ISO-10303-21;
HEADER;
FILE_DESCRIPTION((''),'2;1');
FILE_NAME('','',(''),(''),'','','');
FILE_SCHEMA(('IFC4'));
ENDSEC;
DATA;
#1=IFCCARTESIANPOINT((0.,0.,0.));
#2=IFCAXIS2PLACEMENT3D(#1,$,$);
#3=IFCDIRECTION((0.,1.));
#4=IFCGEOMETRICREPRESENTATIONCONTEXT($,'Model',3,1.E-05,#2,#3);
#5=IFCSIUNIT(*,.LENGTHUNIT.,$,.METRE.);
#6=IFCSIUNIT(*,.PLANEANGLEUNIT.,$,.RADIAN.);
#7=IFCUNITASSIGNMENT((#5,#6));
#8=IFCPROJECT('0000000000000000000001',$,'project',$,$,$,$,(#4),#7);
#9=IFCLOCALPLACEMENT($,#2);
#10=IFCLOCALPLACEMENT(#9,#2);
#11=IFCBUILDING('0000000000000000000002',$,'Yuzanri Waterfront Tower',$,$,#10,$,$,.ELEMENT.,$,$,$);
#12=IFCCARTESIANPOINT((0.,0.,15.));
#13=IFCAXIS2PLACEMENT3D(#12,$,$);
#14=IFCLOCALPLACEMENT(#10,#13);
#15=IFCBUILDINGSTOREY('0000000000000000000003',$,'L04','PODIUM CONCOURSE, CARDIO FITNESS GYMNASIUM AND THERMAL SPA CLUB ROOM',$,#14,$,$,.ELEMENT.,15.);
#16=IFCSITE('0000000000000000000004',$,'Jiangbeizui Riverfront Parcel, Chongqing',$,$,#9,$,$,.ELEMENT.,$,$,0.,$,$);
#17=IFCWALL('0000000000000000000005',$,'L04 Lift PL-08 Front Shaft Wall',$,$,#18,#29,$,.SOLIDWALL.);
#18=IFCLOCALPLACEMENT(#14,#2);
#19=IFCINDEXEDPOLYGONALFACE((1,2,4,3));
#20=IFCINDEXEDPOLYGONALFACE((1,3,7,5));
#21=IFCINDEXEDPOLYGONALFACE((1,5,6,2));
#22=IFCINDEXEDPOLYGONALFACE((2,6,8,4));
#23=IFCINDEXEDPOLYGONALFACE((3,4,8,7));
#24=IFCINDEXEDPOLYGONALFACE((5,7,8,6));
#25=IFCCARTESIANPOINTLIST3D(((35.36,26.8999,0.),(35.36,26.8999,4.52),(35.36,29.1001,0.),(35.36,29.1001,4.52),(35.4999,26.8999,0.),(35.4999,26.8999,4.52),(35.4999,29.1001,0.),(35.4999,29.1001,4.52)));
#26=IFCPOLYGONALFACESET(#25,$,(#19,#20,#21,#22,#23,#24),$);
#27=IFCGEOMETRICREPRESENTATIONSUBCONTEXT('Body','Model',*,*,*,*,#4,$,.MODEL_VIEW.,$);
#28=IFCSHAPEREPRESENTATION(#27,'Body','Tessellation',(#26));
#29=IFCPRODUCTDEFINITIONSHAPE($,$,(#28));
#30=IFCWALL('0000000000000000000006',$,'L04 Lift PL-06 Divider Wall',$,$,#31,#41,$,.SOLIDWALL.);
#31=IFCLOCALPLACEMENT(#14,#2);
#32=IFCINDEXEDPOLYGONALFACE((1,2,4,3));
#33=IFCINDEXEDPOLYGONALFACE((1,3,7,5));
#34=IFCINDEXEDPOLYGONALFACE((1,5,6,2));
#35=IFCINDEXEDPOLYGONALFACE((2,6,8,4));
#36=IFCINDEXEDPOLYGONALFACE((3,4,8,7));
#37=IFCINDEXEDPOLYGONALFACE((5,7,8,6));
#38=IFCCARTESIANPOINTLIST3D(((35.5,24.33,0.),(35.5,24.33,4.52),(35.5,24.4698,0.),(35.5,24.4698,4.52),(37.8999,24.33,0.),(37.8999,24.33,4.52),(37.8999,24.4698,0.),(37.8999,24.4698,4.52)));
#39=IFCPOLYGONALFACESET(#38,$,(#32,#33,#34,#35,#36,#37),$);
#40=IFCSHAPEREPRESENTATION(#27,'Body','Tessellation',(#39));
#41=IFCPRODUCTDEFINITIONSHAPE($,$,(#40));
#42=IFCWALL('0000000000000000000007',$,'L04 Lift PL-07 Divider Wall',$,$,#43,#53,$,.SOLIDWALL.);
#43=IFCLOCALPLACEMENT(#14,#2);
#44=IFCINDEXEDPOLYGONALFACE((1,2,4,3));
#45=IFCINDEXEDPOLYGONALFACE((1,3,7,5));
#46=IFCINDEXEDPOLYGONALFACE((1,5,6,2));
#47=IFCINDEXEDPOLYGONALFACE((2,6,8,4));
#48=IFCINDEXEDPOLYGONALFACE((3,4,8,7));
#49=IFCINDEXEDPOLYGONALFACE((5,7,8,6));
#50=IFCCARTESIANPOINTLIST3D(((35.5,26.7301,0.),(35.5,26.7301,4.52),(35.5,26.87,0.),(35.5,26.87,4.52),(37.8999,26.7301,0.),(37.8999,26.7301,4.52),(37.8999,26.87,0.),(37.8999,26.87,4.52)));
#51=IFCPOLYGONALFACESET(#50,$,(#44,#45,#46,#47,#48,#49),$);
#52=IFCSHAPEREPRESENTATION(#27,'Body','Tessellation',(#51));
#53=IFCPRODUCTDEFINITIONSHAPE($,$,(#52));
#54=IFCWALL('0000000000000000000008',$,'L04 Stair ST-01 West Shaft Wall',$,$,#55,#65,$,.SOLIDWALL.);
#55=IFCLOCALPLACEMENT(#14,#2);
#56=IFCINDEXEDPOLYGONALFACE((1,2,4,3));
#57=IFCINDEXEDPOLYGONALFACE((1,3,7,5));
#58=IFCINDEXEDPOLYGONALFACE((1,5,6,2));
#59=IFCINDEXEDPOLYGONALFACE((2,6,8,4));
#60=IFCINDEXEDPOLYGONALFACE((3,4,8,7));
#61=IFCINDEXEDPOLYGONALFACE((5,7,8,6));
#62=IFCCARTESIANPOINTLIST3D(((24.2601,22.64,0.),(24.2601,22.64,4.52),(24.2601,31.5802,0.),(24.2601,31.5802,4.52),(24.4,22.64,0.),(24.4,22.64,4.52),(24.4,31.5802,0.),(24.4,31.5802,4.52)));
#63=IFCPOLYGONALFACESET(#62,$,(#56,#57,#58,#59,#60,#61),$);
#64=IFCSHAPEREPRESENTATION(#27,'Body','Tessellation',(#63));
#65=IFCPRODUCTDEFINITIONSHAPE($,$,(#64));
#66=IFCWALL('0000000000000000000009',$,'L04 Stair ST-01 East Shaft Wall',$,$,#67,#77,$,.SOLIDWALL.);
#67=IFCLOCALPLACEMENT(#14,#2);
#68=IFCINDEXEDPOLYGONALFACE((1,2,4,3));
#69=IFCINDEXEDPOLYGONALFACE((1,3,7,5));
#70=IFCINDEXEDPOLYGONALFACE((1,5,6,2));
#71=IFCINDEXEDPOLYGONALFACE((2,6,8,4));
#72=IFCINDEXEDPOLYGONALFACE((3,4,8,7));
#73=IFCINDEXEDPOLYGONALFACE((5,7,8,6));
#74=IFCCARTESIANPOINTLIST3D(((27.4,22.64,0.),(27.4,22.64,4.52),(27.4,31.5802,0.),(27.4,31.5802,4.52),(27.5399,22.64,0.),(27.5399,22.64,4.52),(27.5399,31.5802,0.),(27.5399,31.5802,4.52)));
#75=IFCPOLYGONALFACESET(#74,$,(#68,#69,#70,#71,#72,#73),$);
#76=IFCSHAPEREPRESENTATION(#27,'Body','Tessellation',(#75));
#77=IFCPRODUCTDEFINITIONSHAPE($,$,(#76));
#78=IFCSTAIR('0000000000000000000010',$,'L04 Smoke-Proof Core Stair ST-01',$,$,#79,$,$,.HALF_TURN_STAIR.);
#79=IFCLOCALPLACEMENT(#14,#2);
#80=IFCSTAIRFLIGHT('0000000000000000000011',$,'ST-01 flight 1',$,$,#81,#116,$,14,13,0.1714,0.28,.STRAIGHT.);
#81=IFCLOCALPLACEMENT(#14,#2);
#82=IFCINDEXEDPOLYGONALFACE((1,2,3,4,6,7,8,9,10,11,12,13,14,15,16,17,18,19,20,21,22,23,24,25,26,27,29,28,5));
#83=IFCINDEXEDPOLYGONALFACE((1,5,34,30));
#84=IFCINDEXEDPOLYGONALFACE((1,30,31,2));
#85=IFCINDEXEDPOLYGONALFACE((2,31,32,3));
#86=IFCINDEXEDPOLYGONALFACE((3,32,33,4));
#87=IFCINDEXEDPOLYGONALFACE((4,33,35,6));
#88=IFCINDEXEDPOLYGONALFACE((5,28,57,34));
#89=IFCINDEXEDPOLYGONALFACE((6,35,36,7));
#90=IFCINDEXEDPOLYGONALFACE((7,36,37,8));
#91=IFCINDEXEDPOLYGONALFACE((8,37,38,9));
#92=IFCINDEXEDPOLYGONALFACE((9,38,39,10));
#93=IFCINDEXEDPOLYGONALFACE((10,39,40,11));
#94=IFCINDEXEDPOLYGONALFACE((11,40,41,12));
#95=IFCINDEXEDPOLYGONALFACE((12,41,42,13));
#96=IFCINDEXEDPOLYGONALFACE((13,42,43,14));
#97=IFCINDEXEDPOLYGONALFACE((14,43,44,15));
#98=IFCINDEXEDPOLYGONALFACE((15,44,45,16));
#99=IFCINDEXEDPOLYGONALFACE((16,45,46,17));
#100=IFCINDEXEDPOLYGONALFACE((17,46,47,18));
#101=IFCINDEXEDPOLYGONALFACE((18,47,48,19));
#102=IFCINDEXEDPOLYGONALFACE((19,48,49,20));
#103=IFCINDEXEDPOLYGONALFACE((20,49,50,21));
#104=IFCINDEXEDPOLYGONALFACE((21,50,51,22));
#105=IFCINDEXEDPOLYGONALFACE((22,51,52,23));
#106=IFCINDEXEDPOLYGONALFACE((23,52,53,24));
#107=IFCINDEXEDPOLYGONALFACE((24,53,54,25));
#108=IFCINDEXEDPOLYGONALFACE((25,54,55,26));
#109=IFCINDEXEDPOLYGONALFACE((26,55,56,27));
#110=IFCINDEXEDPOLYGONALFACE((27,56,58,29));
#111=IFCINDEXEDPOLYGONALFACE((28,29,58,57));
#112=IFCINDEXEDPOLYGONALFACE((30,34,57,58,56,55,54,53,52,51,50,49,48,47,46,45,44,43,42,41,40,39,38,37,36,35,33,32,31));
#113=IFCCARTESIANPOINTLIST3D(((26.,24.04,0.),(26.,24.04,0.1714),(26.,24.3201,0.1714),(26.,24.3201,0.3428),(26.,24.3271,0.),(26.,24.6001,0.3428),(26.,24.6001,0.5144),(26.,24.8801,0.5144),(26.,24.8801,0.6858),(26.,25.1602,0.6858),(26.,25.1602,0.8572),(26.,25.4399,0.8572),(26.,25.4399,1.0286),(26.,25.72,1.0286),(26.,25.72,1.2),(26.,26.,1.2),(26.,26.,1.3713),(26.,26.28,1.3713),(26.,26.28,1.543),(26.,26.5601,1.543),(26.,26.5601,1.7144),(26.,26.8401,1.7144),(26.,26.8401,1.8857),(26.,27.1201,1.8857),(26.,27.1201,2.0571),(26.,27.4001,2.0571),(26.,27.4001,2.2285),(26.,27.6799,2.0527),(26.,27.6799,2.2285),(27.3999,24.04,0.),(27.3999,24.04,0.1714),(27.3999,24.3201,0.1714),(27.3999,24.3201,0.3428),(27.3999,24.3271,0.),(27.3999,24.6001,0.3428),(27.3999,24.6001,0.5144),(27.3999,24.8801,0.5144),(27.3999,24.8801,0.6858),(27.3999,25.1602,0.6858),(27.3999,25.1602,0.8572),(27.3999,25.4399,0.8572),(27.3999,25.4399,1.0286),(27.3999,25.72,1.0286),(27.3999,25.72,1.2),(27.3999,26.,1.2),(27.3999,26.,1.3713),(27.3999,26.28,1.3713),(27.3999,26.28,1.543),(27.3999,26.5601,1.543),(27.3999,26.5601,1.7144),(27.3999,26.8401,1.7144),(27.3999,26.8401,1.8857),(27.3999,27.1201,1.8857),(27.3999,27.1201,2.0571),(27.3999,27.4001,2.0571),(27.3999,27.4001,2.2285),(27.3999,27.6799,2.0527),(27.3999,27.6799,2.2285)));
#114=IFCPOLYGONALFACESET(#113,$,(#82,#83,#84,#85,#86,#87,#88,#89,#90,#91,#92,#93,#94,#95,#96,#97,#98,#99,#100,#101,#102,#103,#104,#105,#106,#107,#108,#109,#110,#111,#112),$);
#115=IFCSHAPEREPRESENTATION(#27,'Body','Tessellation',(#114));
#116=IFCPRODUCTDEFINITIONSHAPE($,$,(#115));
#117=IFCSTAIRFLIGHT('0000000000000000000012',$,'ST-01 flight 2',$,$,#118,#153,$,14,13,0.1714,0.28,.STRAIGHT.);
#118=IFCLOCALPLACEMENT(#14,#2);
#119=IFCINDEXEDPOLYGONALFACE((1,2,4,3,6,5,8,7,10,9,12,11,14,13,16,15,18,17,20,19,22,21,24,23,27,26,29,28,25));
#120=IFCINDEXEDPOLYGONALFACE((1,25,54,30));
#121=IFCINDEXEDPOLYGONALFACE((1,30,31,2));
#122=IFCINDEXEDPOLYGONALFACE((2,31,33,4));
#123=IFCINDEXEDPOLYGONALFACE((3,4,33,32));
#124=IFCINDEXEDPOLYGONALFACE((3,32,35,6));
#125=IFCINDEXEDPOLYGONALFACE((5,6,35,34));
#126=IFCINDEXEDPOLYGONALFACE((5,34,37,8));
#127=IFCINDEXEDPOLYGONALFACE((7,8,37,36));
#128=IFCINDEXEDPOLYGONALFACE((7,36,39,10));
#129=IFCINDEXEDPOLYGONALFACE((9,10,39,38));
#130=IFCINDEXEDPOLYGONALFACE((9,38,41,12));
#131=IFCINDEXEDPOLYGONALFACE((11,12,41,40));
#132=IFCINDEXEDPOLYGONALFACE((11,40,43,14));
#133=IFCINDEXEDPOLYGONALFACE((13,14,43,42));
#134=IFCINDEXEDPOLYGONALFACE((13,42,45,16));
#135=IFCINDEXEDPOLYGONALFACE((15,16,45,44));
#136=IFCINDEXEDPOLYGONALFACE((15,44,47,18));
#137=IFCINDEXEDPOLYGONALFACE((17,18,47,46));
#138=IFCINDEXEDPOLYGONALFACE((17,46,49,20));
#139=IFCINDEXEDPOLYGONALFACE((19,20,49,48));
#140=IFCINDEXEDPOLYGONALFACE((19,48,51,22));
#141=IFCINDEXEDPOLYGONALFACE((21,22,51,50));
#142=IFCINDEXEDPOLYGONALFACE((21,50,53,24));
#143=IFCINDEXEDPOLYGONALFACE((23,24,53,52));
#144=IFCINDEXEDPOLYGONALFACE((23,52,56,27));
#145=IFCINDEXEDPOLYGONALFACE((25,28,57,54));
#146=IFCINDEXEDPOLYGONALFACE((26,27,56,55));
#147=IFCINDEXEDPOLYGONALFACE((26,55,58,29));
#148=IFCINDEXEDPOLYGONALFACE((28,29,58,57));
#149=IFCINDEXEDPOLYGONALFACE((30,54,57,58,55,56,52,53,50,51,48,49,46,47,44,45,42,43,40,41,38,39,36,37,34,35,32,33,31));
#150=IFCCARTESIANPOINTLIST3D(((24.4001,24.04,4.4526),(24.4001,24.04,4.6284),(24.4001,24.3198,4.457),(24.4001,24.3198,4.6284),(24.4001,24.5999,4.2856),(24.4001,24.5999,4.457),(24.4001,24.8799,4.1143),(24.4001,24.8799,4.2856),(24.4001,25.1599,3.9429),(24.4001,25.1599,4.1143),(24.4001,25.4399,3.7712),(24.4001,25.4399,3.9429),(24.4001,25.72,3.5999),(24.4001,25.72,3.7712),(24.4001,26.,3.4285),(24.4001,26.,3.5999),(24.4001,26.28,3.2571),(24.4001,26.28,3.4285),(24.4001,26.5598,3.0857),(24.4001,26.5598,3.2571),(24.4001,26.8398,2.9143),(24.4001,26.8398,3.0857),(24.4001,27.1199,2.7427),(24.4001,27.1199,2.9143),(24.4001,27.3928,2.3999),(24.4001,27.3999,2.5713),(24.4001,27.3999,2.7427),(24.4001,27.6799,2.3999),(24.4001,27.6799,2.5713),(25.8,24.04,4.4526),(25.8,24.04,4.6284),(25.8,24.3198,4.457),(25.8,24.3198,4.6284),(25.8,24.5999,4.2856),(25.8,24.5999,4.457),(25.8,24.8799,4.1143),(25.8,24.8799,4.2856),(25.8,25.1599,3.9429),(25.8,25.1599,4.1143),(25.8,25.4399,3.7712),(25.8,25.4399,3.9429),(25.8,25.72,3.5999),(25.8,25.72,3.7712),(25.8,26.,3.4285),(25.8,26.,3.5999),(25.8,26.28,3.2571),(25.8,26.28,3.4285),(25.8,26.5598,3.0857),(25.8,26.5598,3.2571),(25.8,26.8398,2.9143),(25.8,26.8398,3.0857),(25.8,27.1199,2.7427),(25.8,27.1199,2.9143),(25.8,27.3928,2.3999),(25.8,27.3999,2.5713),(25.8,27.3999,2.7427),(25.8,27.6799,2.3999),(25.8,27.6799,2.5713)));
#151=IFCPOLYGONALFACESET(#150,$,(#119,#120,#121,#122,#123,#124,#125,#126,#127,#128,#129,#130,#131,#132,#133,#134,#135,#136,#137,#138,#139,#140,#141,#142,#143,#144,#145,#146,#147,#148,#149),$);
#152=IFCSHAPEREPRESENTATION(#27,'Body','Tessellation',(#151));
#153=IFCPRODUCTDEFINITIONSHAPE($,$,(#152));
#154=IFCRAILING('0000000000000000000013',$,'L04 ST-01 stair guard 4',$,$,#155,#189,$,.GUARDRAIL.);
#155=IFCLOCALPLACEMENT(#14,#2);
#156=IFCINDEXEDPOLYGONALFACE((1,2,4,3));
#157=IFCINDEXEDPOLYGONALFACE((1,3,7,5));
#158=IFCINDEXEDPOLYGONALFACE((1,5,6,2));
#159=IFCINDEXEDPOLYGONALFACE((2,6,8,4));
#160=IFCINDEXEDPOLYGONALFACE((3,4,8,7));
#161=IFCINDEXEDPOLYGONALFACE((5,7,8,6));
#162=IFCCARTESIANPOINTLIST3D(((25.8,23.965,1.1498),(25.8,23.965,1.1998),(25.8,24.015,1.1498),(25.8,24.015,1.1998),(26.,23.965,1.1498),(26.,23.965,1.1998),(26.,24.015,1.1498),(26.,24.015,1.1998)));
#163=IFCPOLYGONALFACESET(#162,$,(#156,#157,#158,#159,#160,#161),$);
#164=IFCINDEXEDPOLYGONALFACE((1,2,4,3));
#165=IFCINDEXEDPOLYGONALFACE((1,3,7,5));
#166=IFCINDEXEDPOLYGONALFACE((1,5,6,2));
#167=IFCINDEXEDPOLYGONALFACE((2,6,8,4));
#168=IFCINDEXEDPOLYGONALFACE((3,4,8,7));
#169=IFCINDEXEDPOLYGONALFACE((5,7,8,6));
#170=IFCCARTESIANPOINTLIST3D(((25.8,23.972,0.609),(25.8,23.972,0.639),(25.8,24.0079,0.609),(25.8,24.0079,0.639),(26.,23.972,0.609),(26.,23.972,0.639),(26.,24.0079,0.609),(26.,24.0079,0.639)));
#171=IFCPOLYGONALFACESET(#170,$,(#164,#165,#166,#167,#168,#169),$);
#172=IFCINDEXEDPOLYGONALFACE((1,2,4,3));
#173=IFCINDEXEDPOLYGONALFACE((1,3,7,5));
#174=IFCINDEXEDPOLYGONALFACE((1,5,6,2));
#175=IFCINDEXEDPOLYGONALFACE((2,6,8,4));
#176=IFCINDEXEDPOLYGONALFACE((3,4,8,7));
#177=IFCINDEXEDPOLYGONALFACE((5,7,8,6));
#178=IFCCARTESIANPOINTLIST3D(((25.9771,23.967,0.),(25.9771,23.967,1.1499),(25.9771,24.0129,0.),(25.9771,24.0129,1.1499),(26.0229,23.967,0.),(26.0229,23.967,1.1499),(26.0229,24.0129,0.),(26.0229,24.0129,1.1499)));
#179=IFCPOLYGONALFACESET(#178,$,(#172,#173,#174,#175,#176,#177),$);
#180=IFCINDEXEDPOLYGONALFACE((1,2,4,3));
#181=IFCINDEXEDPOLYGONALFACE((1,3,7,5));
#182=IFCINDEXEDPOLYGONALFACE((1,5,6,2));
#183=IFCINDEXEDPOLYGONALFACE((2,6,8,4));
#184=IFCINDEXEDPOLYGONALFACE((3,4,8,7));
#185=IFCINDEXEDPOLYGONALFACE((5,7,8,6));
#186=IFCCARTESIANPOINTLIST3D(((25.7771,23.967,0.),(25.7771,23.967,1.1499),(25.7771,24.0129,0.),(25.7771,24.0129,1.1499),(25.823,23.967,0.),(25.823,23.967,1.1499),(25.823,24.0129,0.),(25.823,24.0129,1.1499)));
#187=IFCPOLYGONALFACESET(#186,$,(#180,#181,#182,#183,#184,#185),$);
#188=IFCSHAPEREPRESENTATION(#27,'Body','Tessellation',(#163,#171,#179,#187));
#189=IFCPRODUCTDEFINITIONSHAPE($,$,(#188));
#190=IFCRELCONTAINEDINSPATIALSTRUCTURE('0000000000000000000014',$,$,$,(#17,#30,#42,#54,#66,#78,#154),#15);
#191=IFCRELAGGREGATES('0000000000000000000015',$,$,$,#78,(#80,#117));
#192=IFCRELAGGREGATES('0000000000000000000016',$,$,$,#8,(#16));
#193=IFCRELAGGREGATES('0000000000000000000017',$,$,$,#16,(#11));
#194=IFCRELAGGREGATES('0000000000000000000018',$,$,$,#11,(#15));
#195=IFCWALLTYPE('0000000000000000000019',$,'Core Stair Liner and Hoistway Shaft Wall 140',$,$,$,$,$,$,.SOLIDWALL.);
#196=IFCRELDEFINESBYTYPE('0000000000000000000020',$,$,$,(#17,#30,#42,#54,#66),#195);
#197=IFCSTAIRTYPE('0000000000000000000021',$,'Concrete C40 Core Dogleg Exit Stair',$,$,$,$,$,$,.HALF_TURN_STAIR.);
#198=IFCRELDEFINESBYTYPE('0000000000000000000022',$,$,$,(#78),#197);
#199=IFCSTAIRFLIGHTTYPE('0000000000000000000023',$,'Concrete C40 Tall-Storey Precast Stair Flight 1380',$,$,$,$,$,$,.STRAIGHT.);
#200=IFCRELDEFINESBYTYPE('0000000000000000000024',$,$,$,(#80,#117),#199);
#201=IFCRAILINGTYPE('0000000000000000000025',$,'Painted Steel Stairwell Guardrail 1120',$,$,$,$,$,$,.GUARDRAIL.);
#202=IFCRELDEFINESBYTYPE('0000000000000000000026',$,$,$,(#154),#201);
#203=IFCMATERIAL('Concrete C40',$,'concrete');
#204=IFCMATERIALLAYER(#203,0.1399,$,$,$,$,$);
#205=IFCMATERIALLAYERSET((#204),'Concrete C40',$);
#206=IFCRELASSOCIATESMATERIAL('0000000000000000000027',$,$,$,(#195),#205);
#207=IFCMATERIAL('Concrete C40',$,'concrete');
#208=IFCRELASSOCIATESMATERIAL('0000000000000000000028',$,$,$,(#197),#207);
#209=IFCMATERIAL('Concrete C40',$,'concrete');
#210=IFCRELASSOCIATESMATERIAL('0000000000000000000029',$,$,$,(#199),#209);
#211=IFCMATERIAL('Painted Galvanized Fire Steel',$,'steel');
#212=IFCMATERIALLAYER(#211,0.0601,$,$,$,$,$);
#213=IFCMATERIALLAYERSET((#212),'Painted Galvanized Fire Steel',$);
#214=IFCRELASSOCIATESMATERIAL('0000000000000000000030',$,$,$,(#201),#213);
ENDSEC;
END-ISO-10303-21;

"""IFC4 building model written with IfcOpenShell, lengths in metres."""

from ifc_helpers import new_model, si_unit, direction, frame, frame_2d, origin, origin_2d, place, context, subcontext, project, spatial, polyline, rectangle, outline, extrude, source, transform, mapped, material, layer, layer_set, type_object, element, aggregate, save


model = new_model("IFC4")

# Units and contexts
model_context = context("Model", 3, precision=1e-05, world=origin(), true_north=direction((0.0, 1.0)))
body_context = subcontext(model_context, "Body", "Model", "MODEL_VIEW")
ifc_project = project(units=[si_unit("LENGTHUNIT", "METRE"), si_unit("PLANEANGLEUNIT", "RADIAN")], contexts=[model_context])

# Site, building, storey
site_placement = place(None, origin())
site = spatial("IfcSite", under=ifc_project, at=site_placement, Name="Jiangbeizui Riverfront Parcel, Chongqing", CompositionType="ELEMENT", RefElevation=0.0)
building_placement = place(site_placement, origin())
building = spatial("IfcBuilding", under=site, at=building_placement, Name="Yuzanri Waterfront Tower", CompositionType="ELEMENT")
storey_placement = place(building_placement, frame((0.0, 0.0, 15.0)))
storey = spatial("IfcBuildingStorey", under=building, at=storey_placement, Name="L04", Description="PODIUM CONCOURSE, CARDIO FITNESS GYMNASIUM AND THERMAL SPA CLUB ROOM", CompositionType="ELEMENT", Elevation=15.0)

# Shared definitions
ifc_material_1 = material(Name="Concrete C40", Category="concrete")
ifc_layer_1 = layer(ifc_material_1, 0.1399)
ifc_layer_set_1 = layer_set([ifc_layer_1], Name="Concrete C40")
wall_type = type_object("IfcWallType", Name="Core Stair Liner and Hoistway Shaft Wall 140", PredefinedType="SOLIDWALL", material=ifc_layer_set_1)

# Walls
shared_shape_1 = source(origin(), body_context, "Body", "SweptSolid", [
    extrude(rectangle(XDim=2.2002, YDim=0.1399, at=frame_2d((1.1001, 0.0))), origin(), (0.0, 0.0, 1.0), 4.52),
])
wall_1_placement = place(storey_placement, frame((35.4299, 26.8999, 0.0), z_axis=(0.0, 0.0, 1.0), x_axis=(0.0, 1.0, 0.0)))
element("IfcWall", 1, at=wall_1_placement, inside=storey, type_object=wall_type, Name="L04 Lift PL-08 Front Shaft Wall", PredefinedType="SOLIDWALL", context=body_context, shape_type="MappedRepresentation", body=[
    mapped(shared_shape_1, transform((0.0, 0.0, 0.0), scale=1.0)),
])
shared_shape_2 = source(origin(), body_context, "Body", "SweptSolid", [
    extrude(rectangle(XDim=2.3999, YDim=0.1399, at=frame_2d((1.2, 0.0))), origin(), (0.0, 0.0, 1.0), 4.52),
])
for number, where, z_axis, x_axis, name in (
    (2, (35.5, 24.3999, 0.0), (0.0, 0.0, 1.0), (1.0, 0.0, 0.0), "L04 Lift PL-06 Divider Wall"),
    (3, (35.5, 26.8, 0.0), (0.0, 0.0, 1.0), (1.0, 0.0, 0.0), "L04 Lift PL-07 Divider Wall"),
):
    element("IfcWall", number, at=place(storey_placement, frame(where, z_axis=z_axis, x_axis=x_axis)), inside=storey, type_object=wall_type, Name=name, PredefinedType="SOLIDWALL", context=body_context, shape_type="MappedRepresentation", body=[
        mapped(shared_shape_2, transform((0.0, 0.0, 0.0), scale=1.0)),
    ])
shared_shape_3 = source(origin(), body_context, "Body", "SweptSolid", [
    extrude(rectangle(XDim=8.9402, YDim=0.1399, at=frame_2d((4.4702, 0.0))), origin(), (0.0, 0.0, 1.0), 4.52),
])
for number, where, z_axis, x_axis, name in (
    (4, (24.3301, 22.6399, 0.0), (0.0, 0.0, 1.0), (0.0, 1.0, 0.0), "L04 Stair ST-01 West Shaft Wall"),
    (5, (27.47, 22.6399, 0.0), (0.0, 0.0, 1.0), (0.0, 1.0, 0.0), "L04 Stair ST-01 East Shaft Wall"),
):
    element("IfcWall", number, at=place(storey_placement, frame(where, z_axis=z_axis, x_axis=x_axis)), inside=storey, type_object=wall_type, Name=name, PredefinedType="SOLIDWALL", context=body_context, shape_type="MappedRepresentation", body=[
        mapped(shared_shape_3, transform((0.0, 0.0, 0.0), scale=1.0)),
    ])

# Stair, stair flights
ifc_material_2 = material(Name="Concrete C40", Category="concrete")
stair_type = type_object("IfcStairType", Name="Concrete C40 Core Dogleg Exit Stair", PredefinedType="HALF_TURN_STAIR", material=ifc_material_2)
stair_placement = place(storey_placement, origin())
stair = element("IfcStair", 6, at=stair_placement, inside=storey, type_object=stair_type, Name="L04 Smoke-Proof Core Stair ST-01", PredefinedType="HALF_TURN_STAIR")
ifc_material_3 = material(Name="Concrete C40", Category="concrete")
stair_flight_type = type_object("IfcStairFlightType", Name="Concrete C40 Tall-Storey Precast Stair Flight 1380", PredefinedType="STRAIGHT", material=ifc_material_3)
shared_shape_4 = source(origin(), body_context, "Body", "SweptSolid", [
    extrude(outline(polyline([(0.0, 0.0), (0.0, 0.1714), (0.28, 0.1714), (0.28, 0.3428), (0.5601, 0.3428), (0.5601, 0.5144), (0.8401, 0.5144), (0.8401, 0.6858), (1.1201, 0.6858), (1.1201, 0.8572), (1.3999, 0.8572), (1.3999, 1.0286), (1.6799, 1.0286), (1.6799, 1.2), (1.96, 1.2), (1.96, 1.3713), (2.24, 1.3713), (2.24, 1.543), (2.52, 1.543), (2.52, 1.7144), (2.8, 1.7144), (2.8, 1.8857), (3.0801, 1.8857), (3.0801, 2.0571), (3.3601, 2.0571), (3.3601, 2.2285), (3.6399, 2.2285), (3.6399, 2.3999), (3.6399, 2.0527), (0.2871, 0.0), (0.0, 0.0)])), frame((0.0, 0.7, 0.0), z_axis=(0.0, -1.0, 0.0), x_axis=(1.0, 0.0, 0.0)), (0.0, 0.0, 1.0), 1.3999),
])
stair_flight_1_placement = place(storey_placement, frame((26.7, 24.04, 0.0), z_axis=(0.0, 0.0, 1.0), x_axis=(0.0, 1.0, 0.0)))
stair_flight_1 = element("IfcStairFlight", 7, at=stair_flight_1_placement, type_object=stair_flight_type, Name="ST-01 flight 1", NumberOfRisers=14, NumberOfTreads=13, PredefinedType="STRAIGHT", RiserHeight=0.1714, TreadLength=0.28, context=body_context, shape_type="MappedRepresentation", body=[
    mapped(shared_shape_4, transform((0.0, 0.0, 0.0), scale=1.0)),
])
stair_flight_2_placement = place(storey_placement, frame((25.1001, 27.6799, 2.3999), z_axis=(0.0, 0.0, 1.0), x_axis=(0.0, -1.0, 0.0)))
stair_flight_2 = element("IfcStairFlight", 8, at=stair_flight_2_placement, type_object=stair_flight_type, Name="ST-01 flight 2", NumberOfRisers=14, NumberOfTreads=13, PredefinedType="STRAIGHT", RiserHeight=0.1714, TreadLength=0.28, context=body_context, shape_type="MappedRepresentation", body=[
    mapped(shared_shape_4, transform((0.0, 0.0, 0.0), scale=1.0)),
])
aggregate(stair, [stair_flight_1, stair_flight_2])

# Railing
ifc_material_4 = material(Name="Painted Galvanized Fire Steel", Category="steel")
ifc_layer_2 = layer(ifc_material_4, 0.0601)
ifc_layer_set_2 = layer_set([ifc_layer_2], Name="Painted Galvanized Fire Steel")
railing_type_1 = type_object("IfcRailingType", Name="Painted Steel Stairwell Guardrail 1120", PredefinedType="GUARDRAIL", material=ifc_layer_set_2)
shared_shape_5 = source(origin(), body_context, "Body", "SweptSolid", [
    extrude(rectangle(XDim=0.05, YDim=0.05, at=origin_2d()), frame((0.0, 0.0, 1.1748), z_axis=(-1.0, 0.0, 0.0), x_axis=(0.0, -1.0, 0.0)), (0.0, 0.0, 1.0), 0.2),
    extrude(rectangle(XDim=0.0359, YDim=0.03, at=origin_2d()), frame((0.0, 0.0, 0.624), z_axis=(-1.0, 0.0, 0.0), x_axis=(0.0, -1.0, 0.0)), (0.0, 0.0, 1.0), 0.2),
    extrude(rectangle(XDim=0.0459, YDim=0.0459, at=origin_2d()), origin(), (0.0, 0.0, 1.0), 1.1499),
    extrude(rectangle(XDim=0.0459, YDim=0.0459, at=origin_2d()), frame((-0.2, 0.0, 0.0)), (0.0, 0.0, 1.0), 1.1499),
])
railing_1_placement = place(storey_placement, frame((26.0, 23.99, 0.0)))
element("IfcRailing", 9, at=railing_1_placement, inside=storey, type_object=railing_type_1, Name="L04 ST-01 stair guard 4", PredefinedType="GUARDRAIL", context=body_context, shape_type="MappedRepresentation", body=[
    mapped(shared_shape_5, transform((0.0, 0.0, 0.0), scale=1.0)),
])

save(model, "model.ifc")
